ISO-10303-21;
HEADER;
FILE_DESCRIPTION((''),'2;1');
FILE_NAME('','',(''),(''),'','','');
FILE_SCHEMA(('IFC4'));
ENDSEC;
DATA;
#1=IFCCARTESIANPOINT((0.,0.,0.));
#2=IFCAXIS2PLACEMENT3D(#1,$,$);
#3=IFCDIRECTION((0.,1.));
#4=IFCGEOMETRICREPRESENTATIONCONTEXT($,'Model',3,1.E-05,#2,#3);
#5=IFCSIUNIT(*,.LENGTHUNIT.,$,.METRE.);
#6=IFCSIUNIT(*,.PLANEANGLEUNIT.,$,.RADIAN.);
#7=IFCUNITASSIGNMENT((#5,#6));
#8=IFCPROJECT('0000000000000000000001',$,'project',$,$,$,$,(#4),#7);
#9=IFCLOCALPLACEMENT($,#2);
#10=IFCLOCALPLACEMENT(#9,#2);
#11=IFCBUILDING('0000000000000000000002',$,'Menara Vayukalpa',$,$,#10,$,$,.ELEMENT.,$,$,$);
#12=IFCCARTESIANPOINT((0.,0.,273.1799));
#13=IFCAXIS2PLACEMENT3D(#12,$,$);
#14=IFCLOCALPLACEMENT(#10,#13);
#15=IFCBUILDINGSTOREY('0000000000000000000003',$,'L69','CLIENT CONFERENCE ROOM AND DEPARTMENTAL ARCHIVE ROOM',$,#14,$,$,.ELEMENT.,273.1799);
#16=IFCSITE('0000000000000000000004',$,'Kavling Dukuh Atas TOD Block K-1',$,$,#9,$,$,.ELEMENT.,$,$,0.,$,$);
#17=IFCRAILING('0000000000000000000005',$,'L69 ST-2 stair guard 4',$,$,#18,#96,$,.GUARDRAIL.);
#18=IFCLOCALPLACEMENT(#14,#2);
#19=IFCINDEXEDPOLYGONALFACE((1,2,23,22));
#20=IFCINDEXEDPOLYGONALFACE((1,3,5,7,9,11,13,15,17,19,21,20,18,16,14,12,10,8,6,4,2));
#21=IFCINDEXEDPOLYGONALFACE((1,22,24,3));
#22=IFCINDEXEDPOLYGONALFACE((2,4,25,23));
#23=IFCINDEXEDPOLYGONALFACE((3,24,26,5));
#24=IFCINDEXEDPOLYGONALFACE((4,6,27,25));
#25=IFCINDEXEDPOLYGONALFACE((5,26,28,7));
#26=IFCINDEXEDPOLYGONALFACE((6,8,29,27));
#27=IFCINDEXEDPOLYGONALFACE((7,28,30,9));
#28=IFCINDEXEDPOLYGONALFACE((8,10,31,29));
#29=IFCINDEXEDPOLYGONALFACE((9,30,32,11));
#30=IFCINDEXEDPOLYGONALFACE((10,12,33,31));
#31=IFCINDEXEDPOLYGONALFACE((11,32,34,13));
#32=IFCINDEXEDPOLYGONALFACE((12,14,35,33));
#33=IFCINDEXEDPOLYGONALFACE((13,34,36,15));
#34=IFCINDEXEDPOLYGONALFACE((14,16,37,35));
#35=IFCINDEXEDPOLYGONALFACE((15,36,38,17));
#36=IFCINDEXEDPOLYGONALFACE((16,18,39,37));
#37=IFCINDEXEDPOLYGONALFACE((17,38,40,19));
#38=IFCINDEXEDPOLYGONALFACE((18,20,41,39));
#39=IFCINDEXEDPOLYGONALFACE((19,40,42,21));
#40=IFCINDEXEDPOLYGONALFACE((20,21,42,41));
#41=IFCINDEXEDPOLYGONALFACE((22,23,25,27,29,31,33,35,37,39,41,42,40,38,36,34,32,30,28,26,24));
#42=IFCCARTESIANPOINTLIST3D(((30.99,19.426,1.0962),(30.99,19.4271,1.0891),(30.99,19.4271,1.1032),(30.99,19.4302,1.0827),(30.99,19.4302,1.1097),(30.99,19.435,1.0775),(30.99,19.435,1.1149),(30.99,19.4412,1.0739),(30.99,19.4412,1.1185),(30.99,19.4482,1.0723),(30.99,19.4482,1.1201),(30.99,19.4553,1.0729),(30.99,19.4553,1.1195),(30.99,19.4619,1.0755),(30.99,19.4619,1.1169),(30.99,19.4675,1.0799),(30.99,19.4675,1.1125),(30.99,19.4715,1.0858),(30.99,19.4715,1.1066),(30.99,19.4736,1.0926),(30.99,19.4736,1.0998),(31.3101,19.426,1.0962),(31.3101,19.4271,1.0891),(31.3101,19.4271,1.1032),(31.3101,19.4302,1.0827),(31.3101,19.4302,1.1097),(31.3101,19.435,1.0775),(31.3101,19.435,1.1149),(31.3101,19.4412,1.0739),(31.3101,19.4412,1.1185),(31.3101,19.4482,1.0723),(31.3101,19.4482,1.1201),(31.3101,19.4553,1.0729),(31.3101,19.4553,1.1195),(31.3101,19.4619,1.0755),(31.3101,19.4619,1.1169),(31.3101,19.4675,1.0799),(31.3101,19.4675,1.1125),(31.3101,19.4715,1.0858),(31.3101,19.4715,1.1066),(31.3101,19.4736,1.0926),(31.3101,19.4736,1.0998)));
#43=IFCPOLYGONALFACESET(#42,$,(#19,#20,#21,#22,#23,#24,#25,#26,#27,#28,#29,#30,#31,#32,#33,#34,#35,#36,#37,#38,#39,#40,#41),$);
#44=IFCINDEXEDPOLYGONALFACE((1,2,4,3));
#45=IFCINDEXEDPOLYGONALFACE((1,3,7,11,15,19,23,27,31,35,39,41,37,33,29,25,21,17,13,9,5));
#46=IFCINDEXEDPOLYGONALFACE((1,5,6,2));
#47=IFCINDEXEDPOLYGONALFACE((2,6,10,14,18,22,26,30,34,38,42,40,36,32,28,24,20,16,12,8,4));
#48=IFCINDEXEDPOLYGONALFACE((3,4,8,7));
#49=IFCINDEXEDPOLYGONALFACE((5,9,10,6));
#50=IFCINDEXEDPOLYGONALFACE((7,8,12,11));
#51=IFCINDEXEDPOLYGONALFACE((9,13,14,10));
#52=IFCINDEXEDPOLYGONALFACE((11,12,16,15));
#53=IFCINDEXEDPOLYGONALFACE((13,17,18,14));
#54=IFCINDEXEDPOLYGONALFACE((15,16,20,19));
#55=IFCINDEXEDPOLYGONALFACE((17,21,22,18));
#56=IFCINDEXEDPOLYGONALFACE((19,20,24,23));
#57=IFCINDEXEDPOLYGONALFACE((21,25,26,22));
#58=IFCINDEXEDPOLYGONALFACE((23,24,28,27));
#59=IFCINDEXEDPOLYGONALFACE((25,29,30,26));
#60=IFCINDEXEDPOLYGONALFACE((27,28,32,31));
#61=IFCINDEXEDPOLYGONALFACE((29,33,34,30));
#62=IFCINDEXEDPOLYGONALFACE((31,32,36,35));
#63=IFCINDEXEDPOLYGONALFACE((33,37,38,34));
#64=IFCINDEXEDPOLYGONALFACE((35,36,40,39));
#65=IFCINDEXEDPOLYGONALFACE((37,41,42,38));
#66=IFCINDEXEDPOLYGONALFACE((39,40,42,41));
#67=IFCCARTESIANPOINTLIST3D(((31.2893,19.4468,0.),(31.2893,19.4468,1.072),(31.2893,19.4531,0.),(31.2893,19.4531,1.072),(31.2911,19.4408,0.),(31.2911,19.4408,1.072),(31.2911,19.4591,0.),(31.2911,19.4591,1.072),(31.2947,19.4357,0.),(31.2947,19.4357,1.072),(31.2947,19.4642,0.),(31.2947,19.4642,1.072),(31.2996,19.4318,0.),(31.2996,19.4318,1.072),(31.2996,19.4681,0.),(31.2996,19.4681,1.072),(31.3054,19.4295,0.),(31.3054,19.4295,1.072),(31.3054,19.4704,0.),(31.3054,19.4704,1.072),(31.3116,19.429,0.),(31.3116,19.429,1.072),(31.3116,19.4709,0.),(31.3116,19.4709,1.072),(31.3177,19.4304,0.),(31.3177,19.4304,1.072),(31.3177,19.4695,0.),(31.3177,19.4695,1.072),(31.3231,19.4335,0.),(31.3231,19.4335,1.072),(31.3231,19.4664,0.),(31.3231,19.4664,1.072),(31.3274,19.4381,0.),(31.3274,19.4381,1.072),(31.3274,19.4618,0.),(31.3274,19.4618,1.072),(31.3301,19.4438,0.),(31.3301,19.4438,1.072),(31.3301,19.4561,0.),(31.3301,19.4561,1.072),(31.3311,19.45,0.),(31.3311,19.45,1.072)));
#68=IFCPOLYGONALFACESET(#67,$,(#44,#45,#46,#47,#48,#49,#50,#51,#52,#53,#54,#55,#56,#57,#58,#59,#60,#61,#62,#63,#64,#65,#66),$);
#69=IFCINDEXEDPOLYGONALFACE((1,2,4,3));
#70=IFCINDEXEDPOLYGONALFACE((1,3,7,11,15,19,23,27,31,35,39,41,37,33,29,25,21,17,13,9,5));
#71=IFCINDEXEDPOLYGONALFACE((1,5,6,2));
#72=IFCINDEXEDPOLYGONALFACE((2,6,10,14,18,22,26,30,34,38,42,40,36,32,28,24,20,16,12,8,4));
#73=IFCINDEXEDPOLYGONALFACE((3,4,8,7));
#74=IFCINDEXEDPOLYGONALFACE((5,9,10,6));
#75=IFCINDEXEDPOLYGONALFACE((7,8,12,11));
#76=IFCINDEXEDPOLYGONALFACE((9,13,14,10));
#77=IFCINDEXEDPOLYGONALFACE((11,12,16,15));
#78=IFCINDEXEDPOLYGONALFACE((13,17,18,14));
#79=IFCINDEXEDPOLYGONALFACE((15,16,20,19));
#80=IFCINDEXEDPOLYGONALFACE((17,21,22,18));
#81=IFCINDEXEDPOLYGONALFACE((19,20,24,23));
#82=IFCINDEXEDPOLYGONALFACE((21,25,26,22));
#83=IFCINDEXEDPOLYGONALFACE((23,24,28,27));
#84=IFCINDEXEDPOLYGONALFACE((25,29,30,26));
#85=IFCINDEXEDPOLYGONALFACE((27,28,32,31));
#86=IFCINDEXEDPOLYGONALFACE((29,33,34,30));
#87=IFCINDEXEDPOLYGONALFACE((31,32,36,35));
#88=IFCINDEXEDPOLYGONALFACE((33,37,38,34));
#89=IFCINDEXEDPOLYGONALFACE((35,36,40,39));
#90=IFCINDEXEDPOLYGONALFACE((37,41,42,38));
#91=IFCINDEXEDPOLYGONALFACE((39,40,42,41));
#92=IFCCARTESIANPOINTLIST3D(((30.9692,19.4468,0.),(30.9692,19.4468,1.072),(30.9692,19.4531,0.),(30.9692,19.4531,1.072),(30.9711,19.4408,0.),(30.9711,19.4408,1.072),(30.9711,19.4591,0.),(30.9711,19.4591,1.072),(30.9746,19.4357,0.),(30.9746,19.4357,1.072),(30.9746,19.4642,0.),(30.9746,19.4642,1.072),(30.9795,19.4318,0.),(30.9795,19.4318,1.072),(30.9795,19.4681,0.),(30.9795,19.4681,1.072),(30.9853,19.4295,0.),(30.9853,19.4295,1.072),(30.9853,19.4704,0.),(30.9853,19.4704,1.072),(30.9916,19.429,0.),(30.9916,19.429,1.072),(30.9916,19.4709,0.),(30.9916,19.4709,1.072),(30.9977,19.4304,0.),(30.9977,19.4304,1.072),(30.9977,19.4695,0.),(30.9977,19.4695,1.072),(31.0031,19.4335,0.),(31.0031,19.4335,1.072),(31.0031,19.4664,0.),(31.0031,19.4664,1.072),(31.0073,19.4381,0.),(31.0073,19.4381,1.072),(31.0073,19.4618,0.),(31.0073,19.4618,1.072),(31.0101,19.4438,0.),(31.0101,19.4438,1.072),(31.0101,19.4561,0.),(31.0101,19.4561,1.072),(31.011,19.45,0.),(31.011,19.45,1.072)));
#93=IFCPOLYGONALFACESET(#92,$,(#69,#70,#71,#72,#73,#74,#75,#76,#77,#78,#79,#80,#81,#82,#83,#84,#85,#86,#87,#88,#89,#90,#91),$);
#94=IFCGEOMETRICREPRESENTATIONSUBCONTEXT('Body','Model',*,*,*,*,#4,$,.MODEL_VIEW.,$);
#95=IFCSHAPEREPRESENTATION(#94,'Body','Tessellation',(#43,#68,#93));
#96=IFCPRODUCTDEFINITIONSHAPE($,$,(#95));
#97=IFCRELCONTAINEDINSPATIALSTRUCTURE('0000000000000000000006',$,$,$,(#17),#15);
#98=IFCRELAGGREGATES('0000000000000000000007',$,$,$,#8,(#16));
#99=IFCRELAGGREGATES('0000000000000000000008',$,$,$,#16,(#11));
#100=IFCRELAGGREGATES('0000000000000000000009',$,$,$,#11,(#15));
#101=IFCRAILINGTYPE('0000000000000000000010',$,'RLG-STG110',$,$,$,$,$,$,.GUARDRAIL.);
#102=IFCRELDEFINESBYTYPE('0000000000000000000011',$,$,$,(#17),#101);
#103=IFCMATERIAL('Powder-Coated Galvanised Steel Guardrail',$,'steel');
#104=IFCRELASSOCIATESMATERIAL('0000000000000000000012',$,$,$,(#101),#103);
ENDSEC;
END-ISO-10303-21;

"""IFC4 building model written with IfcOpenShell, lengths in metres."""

from ifc_helpers import new_model, si_unit, direction, frame, origin, origin_2d, place, context, subcontext, project, spatial, circle, extrude, material, type_object, element, save


model = new_model("IFC4")

# Units and contexts
model_context = context("Model", 3, precision=1e-05, world=origin(), true_north=direction((0.0, 1.0)))
body_context = subcontext(model_context, "Body", "Model", "MODEL_VIEW")
ifc_project = project(units=[si_unit("LENGTHUNIT", "METRE"), si_unit("PLANEANGLEUNIT", "RADIAN")], contexts=[model_context])

# Site, building, storey
site_placement = place(None, origin())
site = spatial("IfcSite", under=ifc_project, at=site_placement, Name="Kavling Dukuh Atas TOD Block K-1", CompositionType="ELEMENT", RefElevation=0.0)
building_placement = place(site_placement, origin())
building = spatial("IfcBuilding", under=site, at=building_placement, Name="Menara Vayukalpa", CompositionType="ELEMENT")
storey_placement = place(building_placement, frame((0.0, 0.0, 273.1799)))
storey = spatial("IfcBuildingStorey", under=building, at=storey_placement, Name="L69", Description="CLIENT CONFERENCE ROOM AND DEPARTMENTAL ARCHIVE ROOM", CompositionType="ELEMENT", Elevation=273.1799)

# Railing
ifc_material_1 = material(Name="Powder-Coated Galvanised Steel Guardrail", Category="steel")
railing_type_1 = type_object("IfcRailingType", Name="RLG-STG110", PredefinedType="GUARDRAIL", material=ifc_material_1)
railing_1_placement = place(storey_placement, frame((31.3101, 19.45, 0.0)))
element("IfcRailing", 1, at=railing_1_placement, inside=storey, type_object=railing_type_1, Name="L69 ST-2 stair guard 4", PredefinedType="GUARDRAIL", context=body_context, shape_type="SweptSolid", body=[
    extrude(circle(Radius=0.0239, at=origin_2d()), frame((0.0, 0.0, 1.0962), z_axis=(-1.0, 0.0, 0.0), x_axis=(0.0, -1.0, 0.0)), (0.0, 0.0, 1.0), 0.3201),
    extrude(circle(Radius=0.021, at=origin_2d()), origin(), (0.0, 0.0, 1.0), 1.072),
    extrude(circle(Radius=0.021, at=origin_2d()), frame((-0.3201, 0.0, 0.0)), (0.0, 0.0, 1.0), 1.072),
])

save(model, "model.ifc")
